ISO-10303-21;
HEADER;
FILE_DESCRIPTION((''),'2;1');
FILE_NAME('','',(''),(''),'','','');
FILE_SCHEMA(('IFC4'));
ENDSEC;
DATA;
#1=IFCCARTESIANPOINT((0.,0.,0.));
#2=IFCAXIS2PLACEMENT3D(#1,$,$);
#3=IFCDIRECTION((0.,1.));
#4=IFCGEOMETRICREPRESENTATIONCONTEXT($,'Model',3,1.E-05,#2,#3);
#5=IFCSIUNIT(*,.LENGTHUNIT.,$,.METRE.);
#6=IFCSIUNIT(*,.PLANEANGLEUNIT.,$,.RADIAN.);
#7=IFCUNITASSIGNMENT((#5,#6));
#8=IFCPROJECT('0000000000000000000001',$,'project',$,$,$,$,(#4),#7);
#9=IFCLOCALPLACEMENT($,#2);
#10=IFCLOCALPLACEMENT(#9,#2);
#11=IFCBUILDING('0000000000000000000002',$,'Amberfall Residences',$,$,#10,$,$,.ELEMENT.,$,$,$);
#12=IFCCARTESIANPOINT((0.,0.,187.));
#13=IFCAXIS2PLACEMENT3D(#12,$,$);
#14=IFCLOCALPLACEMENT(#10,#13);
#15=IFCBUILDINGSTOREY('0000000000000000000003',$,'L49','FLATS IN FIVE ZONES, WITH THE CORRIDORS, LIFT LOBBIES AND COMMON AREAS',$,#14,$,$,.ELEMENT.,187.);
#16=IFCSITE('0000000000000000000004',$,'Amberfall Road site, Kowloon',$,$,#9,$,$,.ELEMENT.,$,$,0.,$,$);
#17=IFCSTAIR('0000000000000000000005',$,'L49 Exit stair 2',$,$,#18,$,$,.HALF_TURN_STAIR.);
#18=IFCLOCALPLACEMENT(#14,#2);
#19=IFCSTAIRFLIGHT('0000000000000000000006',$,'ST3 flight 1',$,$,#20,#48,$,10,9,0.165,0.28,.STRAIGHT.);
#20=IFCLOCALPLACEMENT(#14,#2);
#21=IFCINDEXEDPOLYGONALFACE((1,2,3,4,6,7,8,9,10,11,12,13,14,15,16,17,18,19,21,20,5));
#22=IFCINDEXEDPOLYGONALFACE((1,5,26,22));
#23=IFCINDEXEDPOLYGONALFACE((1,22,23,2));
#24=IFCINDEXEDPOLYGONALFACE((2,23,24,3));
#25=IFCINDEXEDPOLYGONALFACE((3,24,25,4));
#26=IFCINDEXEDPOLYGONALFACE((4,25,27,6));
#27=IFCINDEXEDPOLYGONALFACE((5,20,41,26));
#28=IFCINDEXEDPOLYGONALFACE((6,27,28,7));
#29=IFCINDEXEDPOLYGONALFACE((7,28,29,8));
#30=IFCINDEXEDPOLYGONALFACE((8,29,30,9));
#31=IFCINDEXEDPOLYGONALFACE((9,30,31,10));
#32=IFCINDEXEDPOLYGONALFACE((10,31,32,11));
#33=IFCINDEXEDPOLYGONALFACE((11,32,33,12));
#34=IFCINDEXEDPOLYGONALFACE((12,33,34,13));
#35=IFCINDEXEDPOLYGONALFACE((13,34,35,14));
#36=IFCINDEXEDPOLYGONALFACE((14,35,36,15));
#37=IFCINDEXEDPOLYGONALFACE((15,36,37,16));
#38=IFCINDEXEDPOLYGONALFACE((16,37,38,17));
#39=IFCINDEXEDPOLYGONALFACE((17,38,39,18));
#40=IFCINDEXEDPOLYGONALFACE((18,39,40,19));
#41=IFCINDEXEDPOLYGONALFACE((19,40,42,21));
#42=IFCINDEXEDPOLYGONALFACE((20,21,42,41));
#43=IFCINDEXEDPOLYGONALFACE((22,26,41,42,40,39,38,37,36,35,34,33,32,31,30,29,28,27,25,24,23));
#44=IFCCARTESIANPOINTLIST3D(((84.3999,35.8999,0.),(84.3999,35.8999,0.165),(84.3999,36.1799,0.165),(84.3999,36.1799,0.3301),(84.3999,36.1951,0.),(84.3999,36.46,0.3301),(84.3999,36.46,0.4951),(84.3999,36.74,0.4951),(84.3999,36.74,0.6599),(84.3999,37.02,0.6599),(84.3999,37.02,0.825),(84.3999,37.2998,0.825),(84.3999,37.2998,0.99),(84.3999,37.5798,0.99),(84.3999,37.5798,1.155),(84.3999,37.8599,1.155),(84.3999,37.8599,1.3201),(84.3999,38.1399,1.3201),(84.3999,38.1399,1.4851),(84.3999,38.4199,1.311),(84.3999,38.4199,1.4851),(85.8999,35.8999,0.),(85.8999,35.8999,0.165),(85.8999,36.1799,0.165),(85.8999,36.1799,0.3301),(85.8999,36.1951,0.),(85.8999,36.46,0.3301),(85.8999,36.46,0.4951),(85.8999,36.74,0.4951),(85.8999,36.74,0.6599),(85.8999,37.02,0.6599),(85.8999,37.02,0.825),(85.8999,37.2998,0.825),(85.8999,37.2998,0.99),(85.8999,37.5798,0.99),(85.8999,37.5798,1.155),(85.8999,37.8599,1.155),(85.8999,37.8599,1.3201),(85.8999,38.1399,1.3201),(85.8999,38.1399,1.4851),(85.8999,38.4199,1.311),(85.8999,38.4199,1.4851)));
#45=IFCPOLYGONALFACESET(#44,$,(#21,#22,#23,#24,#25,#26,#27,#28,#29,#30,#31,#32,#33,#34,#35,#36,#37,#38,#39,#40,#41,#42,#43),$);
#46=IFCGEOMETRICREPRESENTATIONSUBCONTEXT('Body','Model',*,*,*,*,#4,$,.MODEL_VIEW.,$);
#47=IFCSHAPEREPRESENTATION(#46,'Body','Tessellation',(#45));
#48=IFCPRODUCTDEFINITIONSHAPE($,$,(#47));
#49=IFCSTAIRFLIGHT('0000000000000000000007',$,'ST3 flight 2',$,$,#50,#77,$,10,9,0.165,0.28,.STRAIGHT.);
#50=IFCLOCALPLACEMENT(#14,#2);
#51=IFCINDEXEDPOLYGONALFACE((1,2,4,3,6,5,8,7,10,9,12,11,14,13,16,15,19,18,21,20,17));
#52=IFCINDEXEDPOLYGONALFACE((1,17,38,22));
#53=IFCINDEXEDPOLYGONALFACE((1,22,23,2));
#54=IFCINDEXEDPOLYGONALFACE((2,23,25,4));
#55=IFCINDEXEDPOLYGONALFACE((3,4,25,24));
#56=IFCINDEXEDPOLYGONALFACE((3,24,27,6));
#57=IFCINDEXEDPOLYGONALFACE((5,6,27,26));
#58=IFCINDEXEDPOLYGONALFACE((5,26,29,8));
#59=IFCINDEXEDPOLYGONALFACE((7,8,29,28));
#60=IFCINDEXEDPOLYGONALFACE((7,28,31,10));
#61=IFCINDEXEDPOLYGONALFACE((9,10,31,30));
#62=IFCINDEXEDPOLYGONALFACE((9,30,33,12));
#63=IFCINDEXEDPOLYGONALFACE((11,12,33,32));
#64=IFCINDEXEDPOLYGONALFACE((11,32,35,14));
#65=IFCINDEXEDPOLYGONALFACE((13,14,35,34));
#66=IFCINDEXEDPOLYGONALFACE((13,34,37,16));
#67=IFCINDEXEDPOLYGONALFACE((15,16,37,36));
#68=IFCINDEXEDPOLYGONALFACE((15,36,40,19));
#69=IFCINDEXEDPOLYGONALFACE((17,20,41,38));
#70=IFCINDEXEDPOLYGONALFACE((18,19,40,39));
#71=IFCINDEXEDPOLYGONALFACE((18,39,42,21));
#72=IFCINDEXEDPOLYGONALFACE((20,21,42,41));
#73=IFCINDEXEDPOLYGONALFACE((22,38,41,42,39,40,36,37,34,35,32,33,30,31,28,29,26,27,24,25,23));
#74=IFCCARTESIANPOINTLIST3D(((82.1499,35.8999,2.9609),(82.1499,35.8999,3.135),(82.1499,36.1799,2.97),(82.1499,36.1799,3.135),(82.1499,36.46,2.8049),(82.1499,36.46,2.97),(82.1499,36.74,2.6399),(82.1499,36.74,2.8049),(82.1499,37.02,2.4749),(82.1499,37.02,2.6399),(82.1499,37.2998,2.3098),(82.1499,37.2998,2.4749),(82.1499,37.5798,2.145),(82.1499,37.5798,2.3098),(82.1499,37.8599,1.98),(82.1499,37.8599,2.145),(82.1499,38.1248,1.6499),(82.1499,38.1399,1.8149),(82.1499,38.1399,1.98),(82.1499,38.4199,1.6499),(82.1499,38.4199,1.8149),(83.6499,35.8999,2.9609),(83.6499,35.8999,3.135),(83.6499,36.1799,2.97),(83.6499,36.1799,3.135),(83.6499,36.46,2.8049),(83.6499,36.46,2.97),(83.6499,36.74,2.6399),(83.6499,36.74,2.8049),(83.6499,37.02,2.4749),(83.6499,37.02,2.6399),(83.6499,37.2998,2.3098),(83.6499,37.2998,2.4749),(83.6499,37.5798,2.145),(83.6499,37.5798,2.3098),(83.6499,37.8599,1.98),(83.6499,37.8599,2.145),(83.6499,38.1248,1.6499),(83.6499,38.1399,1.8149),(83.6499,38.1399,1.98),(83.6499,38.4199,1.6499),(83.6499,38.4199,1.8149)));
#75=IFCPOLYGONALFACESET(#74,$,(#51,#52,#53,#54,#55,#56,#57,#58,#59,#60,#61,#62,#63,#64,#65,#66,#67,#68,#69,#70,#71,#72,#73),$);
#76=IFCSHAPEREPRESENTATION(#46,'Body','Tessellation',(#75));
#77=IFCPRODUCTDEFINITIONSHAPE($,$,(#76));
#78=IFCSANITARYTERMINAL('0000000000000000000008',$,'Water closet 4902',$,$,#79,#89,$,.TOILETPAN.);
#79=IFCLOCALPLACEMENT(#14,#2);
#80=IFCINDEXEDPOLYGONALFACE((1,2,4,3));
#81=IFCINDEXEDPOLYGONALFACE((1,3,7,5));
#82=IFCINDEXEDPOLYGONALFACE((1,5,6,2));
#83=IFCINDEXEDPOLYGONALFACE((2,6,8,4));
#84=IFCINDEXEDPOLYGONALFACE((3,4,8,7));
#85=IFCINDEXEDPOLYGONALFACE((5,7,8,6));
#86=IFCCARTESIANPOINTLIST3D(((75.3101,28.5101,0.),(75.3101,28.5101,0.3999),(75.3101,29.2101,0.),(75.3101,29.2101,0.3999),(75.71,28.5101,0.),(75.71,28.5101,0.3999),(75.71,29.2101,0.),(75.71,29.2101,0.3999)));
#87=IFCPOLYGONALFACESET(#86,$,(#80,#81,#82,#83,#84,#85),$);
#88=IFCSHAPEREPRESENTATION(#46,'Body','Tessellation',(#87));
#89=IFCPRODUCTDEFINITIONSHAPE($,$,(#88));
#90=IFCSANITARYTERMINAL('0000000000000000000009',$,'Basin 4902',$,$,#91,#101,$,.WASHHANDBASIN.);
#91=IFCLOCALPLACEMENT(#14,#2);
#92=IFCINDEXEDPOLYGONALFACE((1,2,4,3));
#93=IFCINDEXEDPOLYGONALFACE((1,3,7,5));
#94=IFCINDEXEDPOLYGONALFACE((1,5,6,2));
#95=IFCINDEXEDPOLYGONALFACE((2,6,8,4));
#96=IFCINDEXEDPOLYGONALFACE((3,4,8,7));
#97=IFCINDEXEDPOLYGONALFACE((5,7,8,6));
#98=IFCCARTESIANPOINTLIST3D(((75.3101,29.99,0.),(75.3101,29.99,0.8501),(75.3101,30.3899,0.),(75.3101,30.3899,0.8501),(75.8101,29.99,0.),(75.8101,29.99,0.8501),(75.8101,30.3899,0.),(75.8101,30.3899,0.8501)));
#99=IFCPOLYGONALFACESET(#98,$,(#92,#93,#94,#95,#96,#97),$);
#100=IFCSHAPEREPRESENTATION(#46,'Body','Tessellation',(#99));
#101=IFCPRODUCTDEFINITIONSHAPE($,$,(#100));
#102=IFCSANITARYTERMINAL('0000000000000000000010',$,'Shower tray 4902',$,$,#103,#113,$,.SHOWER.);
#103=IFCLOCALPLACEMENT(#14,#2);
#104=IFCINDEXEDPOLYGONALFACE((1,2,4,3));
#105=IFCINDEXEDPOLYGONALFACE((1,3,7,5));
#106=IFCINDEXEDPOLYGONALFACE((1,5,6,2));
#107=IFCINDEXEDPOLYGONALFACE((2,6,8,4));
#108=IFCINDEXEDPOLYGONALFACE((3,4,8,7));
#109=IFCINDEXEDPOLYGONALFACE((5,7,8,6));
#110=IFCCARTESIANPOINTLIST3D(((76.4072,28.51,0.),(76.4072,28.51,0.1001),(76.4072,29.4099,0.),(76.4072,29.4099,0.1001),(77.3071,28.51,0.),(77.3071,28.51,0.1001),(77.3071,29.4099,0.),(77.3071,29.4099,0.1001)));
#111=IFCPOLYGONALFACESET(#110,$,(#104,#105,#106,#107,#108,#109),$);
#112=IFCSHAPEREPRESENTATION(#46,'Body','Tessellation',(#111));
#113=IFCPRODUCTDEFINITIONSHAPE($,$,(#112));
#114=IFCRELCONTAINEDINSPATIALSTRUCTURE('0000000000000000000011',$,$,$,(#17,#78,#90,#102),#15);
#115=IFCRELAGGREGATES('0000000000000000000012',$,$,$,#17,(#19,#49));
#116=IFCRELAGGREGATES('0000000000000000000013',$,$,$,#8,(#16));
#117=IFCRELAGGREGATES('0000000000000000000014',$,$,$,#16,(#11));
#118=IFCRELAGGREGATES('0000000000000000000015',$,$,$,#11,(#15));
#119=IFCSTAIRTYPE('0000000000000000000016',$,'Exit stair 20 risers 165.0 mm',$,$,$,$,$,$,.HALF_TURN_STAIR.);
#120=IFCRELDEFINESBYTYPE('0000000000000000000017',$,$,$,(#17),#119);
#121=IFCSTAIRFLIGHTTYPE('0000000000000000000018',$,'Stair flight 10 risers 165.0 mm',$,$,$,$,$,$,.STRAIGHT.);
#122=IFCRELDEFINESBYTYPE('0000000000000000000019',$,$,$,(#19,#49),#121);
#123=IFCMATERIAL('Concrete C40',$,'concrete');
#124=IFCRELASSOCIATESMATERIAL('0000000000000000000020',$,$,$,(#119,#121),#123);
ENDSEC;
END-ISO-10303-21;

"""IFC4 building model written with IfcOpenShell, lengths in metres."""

from ifc_helpers import new_model, si_unit, direction, frame, origin, origin_2d, place, context, subcontext, project, spatial, polyline, rectangle, outline, extrude, material, type_object, element, aggregate, save


model = new_model("IFC4")

# Units and contexts
model_context = context("Model", 3, precision=1e-05, world=origin(), true_north=direction((0.0, 1.0)))
body_context = subcontext(model_context, "Body", "Model", "MODEL_VIEW")
ifc_project = project(units=[si_unit("LENGTHUNIT", "METRE"), si_unit("PLANEANGLEUNIT", "RADIAN")], contexts=[model_context])

# Site, building, storey
site_placement = place(None, origin())
site = spatial("IfcSite", under=ifc_project, at=site_placement, Name="Amberfall Road site, Kowloon", CompositionType="ELEMENT", RefElevation=0.0)
building_placement = place(site_placement, origin())
building = spatial("IfcBuilding", under=site, at=building_placement, Name="Amberfall Residences", CompositionType="ELEMENT")
storey_placement = place(building_placement, frame((0.0, 0.0, 187.0)))
storey = spatial("IfcBuildingStorey", under=building, at=storey_placement, Name="L49", Description="FLATS IN FIVE ZONES, WITH THE CORRIDORS, LIFT LOBBIES AND COMMON AREAS", CompositionType="ELEMENT", Elevation=187.0)

# Stair, stair flights
ifc_material_1 = material(Name="Concrete C40", Category="concrete")
stair_type = type_object("IfcStairType", Name="Exit stair 20 risers 165.0 mm", PredefinedType="HALF_TURN_STAIR", material=ifc_material_1)
stair_placement = place(storey_placement, origin())
stair = element("IfcStair", 1, at=stair_placement, inside=storey, type_object=stair_type, Name="L49 Exit stair 2", PredefinedType="HALF_TURN_STAIR")
stair_flight_type = type_object("IfcStairFlightType", Name="Stair flight 10 risers 165.0 mm", PredefinedType="STRAIGHT", material=ifc_material_1)
stair_flight_1_placement = place(storey_placement, frame((85.1499, 35.8999, 0.0), z_axis=(0.0, 0.0, 1.0), x_axis=(0.0, 1.0, 0.0)))
stair_flight_1 = element("IfcStairFlight", 2, at=stair_flight_1_placement, type_object=stair_flight_type, Name="ST3 flight 1", NumberOfRisers=10, NumberOfTreads=9, PredefinedType="STRAIGHT", RiserHeight=0.165, TreadLength=0.28, context=body_context, shape_type="SweptSolid", body=[
    extrude(outline(polyline([(0.0, 0.0), (0.0, 0.165), (0.28, 0.165), (0.28, 0.3301), (0.5601, 0.3301), (0.5601, 0.4951), (0.8401, 0.4951), (0.8401, 0.6599), (1.1201, 0.6599), (1.1201, 0.825), (1.3999, 0.825), (1.3999, 0.99), (1.6799, 0.99), (1.6799, 1.155), (1.96, 1.155), (1.96, 1.3201), (2.24, 1.3201), (2.24, 1.4851), (2.52, 1.4851), (2.52, 1.6499), (2.52, 1.311), (0.2952, 0.0), (0.0, 0.0)])), frame((0.0, 0.75, 0.0), z_axis=(0.0, -1.0, 0.0), x_axis=(1.0, 0.0, 0.0)), (0.0, 0.0, 1.0), 1.5),
])
stair_flight_2_placement = place(storey_placement, frame((82.8999, 38.4199, 1.6499), z_axis=(0.0, 0.0, 1.0), x_axis=(0.0, -1.0, 0.0)))
stair_flight_2 = element("IfcStairFlight", 3, at=stair_flight_2_placement, type_object=stair_flight_type, Name="ST3 flight 2", NumberOfRisers=10, NumberOfTreads=9, PredefinedType="STRAIGHT", RiserHeight=0.165, TreadLength=0.28, context=body_context, shape_type="SweptSolid", body=[
    extrude(outline(polyline([(0.0, 0.0), (0.0, 0.165), (0.28, 0.165), (0.28, 0.3301), (0.5601, 0.3301), (0.5601, 0.4951), (0.8401, 0.4951), (0.8401, 0.6599), (1.1201, 0.6599), (1.1201, 0.825), (1.3999, 0.825), (1.3999, 0.99), (1.6799, 0.99), (1.6799, 1.155), (1.96, 1.155), (1.96, 1.3201), (2.24, 1.3201), (2.24, 1.4851), (2.52, 1.4851), (2.52, 1.6499), (2.52, 1.311), (0.2952, 0.0), (0.0, 0.0)])), frame((0.0, 0.75, 0.0), z_axis=(0.0, -1.0, 0.0), x_axis=(1.0, 0.0, 0.0)), (0.0, 0.0, 1.0), 1.5),
])
aggregate(stair, [stair_flight_1, stair_flight_2])

# Sanitary terminals
sanitary_terminal_1_placement = place(storey_placement, frame((75.51, 28.8601, 0.0), z_axis=(0.0, 0.0, 1.0), x_axis=(1.0, 0.0, 0.0)))
element("IfcSanitaryTerminal", 4, at=sanitary_terminal_1_placement, inside=storey, Name="Water closet 4902", PredefinedType="TOILETPAN", context=body_context, shape_type="SweptSolid", body=[
    extrude(rectangle(XDim=0.3999, YDim=0.7, at=origin_2d()), origin(), (0.0, 0.0, 1.0), 0.3999),
])
sanitary_terminal_2_placement = place(storey_placement, frame((75.5601, 30.1899, 0.0), z_axis=(0.0, 0.0, 1.0), x_axis=(1.0, 0.0, 0.0)))
element("IfcSanitaryTerminal", 5, at=sanitary_terminal_2_placement, inside=storey, Name="Basin 4902", PredefinedType="WASHHANDBASIN", context=body_context, shape_type="SweptSolid", body=[
    extrude(rectangle(XDim=0.5, YDim=0.3999, at=origin_2d()), origin(), (0.0, 0.0, 1.0), 0.8501),
])
sanitary_terminal_3_placement = place(storey_placement, frame((76.8572, 28.96, 0.0), z_axis=(0.0, 0.0, 1.0), x_axis=(1.0, 0.0, 0.0)))
element("IfcSanitaryTerminal", 6, at=sanitary_terminal_3_placement, inside=storey, Name="Shower tray 4902", PredefinedType="SHOWER", context=body_context, shape_type="SweptSolid", body=[
    extrude(rectangle(XDim=0.8999, YDim=0.8999, at=origin_2d()), origin(), (0.0, 0.0, 1.0), 0.1001),
])

save(model, "model.ifc")
